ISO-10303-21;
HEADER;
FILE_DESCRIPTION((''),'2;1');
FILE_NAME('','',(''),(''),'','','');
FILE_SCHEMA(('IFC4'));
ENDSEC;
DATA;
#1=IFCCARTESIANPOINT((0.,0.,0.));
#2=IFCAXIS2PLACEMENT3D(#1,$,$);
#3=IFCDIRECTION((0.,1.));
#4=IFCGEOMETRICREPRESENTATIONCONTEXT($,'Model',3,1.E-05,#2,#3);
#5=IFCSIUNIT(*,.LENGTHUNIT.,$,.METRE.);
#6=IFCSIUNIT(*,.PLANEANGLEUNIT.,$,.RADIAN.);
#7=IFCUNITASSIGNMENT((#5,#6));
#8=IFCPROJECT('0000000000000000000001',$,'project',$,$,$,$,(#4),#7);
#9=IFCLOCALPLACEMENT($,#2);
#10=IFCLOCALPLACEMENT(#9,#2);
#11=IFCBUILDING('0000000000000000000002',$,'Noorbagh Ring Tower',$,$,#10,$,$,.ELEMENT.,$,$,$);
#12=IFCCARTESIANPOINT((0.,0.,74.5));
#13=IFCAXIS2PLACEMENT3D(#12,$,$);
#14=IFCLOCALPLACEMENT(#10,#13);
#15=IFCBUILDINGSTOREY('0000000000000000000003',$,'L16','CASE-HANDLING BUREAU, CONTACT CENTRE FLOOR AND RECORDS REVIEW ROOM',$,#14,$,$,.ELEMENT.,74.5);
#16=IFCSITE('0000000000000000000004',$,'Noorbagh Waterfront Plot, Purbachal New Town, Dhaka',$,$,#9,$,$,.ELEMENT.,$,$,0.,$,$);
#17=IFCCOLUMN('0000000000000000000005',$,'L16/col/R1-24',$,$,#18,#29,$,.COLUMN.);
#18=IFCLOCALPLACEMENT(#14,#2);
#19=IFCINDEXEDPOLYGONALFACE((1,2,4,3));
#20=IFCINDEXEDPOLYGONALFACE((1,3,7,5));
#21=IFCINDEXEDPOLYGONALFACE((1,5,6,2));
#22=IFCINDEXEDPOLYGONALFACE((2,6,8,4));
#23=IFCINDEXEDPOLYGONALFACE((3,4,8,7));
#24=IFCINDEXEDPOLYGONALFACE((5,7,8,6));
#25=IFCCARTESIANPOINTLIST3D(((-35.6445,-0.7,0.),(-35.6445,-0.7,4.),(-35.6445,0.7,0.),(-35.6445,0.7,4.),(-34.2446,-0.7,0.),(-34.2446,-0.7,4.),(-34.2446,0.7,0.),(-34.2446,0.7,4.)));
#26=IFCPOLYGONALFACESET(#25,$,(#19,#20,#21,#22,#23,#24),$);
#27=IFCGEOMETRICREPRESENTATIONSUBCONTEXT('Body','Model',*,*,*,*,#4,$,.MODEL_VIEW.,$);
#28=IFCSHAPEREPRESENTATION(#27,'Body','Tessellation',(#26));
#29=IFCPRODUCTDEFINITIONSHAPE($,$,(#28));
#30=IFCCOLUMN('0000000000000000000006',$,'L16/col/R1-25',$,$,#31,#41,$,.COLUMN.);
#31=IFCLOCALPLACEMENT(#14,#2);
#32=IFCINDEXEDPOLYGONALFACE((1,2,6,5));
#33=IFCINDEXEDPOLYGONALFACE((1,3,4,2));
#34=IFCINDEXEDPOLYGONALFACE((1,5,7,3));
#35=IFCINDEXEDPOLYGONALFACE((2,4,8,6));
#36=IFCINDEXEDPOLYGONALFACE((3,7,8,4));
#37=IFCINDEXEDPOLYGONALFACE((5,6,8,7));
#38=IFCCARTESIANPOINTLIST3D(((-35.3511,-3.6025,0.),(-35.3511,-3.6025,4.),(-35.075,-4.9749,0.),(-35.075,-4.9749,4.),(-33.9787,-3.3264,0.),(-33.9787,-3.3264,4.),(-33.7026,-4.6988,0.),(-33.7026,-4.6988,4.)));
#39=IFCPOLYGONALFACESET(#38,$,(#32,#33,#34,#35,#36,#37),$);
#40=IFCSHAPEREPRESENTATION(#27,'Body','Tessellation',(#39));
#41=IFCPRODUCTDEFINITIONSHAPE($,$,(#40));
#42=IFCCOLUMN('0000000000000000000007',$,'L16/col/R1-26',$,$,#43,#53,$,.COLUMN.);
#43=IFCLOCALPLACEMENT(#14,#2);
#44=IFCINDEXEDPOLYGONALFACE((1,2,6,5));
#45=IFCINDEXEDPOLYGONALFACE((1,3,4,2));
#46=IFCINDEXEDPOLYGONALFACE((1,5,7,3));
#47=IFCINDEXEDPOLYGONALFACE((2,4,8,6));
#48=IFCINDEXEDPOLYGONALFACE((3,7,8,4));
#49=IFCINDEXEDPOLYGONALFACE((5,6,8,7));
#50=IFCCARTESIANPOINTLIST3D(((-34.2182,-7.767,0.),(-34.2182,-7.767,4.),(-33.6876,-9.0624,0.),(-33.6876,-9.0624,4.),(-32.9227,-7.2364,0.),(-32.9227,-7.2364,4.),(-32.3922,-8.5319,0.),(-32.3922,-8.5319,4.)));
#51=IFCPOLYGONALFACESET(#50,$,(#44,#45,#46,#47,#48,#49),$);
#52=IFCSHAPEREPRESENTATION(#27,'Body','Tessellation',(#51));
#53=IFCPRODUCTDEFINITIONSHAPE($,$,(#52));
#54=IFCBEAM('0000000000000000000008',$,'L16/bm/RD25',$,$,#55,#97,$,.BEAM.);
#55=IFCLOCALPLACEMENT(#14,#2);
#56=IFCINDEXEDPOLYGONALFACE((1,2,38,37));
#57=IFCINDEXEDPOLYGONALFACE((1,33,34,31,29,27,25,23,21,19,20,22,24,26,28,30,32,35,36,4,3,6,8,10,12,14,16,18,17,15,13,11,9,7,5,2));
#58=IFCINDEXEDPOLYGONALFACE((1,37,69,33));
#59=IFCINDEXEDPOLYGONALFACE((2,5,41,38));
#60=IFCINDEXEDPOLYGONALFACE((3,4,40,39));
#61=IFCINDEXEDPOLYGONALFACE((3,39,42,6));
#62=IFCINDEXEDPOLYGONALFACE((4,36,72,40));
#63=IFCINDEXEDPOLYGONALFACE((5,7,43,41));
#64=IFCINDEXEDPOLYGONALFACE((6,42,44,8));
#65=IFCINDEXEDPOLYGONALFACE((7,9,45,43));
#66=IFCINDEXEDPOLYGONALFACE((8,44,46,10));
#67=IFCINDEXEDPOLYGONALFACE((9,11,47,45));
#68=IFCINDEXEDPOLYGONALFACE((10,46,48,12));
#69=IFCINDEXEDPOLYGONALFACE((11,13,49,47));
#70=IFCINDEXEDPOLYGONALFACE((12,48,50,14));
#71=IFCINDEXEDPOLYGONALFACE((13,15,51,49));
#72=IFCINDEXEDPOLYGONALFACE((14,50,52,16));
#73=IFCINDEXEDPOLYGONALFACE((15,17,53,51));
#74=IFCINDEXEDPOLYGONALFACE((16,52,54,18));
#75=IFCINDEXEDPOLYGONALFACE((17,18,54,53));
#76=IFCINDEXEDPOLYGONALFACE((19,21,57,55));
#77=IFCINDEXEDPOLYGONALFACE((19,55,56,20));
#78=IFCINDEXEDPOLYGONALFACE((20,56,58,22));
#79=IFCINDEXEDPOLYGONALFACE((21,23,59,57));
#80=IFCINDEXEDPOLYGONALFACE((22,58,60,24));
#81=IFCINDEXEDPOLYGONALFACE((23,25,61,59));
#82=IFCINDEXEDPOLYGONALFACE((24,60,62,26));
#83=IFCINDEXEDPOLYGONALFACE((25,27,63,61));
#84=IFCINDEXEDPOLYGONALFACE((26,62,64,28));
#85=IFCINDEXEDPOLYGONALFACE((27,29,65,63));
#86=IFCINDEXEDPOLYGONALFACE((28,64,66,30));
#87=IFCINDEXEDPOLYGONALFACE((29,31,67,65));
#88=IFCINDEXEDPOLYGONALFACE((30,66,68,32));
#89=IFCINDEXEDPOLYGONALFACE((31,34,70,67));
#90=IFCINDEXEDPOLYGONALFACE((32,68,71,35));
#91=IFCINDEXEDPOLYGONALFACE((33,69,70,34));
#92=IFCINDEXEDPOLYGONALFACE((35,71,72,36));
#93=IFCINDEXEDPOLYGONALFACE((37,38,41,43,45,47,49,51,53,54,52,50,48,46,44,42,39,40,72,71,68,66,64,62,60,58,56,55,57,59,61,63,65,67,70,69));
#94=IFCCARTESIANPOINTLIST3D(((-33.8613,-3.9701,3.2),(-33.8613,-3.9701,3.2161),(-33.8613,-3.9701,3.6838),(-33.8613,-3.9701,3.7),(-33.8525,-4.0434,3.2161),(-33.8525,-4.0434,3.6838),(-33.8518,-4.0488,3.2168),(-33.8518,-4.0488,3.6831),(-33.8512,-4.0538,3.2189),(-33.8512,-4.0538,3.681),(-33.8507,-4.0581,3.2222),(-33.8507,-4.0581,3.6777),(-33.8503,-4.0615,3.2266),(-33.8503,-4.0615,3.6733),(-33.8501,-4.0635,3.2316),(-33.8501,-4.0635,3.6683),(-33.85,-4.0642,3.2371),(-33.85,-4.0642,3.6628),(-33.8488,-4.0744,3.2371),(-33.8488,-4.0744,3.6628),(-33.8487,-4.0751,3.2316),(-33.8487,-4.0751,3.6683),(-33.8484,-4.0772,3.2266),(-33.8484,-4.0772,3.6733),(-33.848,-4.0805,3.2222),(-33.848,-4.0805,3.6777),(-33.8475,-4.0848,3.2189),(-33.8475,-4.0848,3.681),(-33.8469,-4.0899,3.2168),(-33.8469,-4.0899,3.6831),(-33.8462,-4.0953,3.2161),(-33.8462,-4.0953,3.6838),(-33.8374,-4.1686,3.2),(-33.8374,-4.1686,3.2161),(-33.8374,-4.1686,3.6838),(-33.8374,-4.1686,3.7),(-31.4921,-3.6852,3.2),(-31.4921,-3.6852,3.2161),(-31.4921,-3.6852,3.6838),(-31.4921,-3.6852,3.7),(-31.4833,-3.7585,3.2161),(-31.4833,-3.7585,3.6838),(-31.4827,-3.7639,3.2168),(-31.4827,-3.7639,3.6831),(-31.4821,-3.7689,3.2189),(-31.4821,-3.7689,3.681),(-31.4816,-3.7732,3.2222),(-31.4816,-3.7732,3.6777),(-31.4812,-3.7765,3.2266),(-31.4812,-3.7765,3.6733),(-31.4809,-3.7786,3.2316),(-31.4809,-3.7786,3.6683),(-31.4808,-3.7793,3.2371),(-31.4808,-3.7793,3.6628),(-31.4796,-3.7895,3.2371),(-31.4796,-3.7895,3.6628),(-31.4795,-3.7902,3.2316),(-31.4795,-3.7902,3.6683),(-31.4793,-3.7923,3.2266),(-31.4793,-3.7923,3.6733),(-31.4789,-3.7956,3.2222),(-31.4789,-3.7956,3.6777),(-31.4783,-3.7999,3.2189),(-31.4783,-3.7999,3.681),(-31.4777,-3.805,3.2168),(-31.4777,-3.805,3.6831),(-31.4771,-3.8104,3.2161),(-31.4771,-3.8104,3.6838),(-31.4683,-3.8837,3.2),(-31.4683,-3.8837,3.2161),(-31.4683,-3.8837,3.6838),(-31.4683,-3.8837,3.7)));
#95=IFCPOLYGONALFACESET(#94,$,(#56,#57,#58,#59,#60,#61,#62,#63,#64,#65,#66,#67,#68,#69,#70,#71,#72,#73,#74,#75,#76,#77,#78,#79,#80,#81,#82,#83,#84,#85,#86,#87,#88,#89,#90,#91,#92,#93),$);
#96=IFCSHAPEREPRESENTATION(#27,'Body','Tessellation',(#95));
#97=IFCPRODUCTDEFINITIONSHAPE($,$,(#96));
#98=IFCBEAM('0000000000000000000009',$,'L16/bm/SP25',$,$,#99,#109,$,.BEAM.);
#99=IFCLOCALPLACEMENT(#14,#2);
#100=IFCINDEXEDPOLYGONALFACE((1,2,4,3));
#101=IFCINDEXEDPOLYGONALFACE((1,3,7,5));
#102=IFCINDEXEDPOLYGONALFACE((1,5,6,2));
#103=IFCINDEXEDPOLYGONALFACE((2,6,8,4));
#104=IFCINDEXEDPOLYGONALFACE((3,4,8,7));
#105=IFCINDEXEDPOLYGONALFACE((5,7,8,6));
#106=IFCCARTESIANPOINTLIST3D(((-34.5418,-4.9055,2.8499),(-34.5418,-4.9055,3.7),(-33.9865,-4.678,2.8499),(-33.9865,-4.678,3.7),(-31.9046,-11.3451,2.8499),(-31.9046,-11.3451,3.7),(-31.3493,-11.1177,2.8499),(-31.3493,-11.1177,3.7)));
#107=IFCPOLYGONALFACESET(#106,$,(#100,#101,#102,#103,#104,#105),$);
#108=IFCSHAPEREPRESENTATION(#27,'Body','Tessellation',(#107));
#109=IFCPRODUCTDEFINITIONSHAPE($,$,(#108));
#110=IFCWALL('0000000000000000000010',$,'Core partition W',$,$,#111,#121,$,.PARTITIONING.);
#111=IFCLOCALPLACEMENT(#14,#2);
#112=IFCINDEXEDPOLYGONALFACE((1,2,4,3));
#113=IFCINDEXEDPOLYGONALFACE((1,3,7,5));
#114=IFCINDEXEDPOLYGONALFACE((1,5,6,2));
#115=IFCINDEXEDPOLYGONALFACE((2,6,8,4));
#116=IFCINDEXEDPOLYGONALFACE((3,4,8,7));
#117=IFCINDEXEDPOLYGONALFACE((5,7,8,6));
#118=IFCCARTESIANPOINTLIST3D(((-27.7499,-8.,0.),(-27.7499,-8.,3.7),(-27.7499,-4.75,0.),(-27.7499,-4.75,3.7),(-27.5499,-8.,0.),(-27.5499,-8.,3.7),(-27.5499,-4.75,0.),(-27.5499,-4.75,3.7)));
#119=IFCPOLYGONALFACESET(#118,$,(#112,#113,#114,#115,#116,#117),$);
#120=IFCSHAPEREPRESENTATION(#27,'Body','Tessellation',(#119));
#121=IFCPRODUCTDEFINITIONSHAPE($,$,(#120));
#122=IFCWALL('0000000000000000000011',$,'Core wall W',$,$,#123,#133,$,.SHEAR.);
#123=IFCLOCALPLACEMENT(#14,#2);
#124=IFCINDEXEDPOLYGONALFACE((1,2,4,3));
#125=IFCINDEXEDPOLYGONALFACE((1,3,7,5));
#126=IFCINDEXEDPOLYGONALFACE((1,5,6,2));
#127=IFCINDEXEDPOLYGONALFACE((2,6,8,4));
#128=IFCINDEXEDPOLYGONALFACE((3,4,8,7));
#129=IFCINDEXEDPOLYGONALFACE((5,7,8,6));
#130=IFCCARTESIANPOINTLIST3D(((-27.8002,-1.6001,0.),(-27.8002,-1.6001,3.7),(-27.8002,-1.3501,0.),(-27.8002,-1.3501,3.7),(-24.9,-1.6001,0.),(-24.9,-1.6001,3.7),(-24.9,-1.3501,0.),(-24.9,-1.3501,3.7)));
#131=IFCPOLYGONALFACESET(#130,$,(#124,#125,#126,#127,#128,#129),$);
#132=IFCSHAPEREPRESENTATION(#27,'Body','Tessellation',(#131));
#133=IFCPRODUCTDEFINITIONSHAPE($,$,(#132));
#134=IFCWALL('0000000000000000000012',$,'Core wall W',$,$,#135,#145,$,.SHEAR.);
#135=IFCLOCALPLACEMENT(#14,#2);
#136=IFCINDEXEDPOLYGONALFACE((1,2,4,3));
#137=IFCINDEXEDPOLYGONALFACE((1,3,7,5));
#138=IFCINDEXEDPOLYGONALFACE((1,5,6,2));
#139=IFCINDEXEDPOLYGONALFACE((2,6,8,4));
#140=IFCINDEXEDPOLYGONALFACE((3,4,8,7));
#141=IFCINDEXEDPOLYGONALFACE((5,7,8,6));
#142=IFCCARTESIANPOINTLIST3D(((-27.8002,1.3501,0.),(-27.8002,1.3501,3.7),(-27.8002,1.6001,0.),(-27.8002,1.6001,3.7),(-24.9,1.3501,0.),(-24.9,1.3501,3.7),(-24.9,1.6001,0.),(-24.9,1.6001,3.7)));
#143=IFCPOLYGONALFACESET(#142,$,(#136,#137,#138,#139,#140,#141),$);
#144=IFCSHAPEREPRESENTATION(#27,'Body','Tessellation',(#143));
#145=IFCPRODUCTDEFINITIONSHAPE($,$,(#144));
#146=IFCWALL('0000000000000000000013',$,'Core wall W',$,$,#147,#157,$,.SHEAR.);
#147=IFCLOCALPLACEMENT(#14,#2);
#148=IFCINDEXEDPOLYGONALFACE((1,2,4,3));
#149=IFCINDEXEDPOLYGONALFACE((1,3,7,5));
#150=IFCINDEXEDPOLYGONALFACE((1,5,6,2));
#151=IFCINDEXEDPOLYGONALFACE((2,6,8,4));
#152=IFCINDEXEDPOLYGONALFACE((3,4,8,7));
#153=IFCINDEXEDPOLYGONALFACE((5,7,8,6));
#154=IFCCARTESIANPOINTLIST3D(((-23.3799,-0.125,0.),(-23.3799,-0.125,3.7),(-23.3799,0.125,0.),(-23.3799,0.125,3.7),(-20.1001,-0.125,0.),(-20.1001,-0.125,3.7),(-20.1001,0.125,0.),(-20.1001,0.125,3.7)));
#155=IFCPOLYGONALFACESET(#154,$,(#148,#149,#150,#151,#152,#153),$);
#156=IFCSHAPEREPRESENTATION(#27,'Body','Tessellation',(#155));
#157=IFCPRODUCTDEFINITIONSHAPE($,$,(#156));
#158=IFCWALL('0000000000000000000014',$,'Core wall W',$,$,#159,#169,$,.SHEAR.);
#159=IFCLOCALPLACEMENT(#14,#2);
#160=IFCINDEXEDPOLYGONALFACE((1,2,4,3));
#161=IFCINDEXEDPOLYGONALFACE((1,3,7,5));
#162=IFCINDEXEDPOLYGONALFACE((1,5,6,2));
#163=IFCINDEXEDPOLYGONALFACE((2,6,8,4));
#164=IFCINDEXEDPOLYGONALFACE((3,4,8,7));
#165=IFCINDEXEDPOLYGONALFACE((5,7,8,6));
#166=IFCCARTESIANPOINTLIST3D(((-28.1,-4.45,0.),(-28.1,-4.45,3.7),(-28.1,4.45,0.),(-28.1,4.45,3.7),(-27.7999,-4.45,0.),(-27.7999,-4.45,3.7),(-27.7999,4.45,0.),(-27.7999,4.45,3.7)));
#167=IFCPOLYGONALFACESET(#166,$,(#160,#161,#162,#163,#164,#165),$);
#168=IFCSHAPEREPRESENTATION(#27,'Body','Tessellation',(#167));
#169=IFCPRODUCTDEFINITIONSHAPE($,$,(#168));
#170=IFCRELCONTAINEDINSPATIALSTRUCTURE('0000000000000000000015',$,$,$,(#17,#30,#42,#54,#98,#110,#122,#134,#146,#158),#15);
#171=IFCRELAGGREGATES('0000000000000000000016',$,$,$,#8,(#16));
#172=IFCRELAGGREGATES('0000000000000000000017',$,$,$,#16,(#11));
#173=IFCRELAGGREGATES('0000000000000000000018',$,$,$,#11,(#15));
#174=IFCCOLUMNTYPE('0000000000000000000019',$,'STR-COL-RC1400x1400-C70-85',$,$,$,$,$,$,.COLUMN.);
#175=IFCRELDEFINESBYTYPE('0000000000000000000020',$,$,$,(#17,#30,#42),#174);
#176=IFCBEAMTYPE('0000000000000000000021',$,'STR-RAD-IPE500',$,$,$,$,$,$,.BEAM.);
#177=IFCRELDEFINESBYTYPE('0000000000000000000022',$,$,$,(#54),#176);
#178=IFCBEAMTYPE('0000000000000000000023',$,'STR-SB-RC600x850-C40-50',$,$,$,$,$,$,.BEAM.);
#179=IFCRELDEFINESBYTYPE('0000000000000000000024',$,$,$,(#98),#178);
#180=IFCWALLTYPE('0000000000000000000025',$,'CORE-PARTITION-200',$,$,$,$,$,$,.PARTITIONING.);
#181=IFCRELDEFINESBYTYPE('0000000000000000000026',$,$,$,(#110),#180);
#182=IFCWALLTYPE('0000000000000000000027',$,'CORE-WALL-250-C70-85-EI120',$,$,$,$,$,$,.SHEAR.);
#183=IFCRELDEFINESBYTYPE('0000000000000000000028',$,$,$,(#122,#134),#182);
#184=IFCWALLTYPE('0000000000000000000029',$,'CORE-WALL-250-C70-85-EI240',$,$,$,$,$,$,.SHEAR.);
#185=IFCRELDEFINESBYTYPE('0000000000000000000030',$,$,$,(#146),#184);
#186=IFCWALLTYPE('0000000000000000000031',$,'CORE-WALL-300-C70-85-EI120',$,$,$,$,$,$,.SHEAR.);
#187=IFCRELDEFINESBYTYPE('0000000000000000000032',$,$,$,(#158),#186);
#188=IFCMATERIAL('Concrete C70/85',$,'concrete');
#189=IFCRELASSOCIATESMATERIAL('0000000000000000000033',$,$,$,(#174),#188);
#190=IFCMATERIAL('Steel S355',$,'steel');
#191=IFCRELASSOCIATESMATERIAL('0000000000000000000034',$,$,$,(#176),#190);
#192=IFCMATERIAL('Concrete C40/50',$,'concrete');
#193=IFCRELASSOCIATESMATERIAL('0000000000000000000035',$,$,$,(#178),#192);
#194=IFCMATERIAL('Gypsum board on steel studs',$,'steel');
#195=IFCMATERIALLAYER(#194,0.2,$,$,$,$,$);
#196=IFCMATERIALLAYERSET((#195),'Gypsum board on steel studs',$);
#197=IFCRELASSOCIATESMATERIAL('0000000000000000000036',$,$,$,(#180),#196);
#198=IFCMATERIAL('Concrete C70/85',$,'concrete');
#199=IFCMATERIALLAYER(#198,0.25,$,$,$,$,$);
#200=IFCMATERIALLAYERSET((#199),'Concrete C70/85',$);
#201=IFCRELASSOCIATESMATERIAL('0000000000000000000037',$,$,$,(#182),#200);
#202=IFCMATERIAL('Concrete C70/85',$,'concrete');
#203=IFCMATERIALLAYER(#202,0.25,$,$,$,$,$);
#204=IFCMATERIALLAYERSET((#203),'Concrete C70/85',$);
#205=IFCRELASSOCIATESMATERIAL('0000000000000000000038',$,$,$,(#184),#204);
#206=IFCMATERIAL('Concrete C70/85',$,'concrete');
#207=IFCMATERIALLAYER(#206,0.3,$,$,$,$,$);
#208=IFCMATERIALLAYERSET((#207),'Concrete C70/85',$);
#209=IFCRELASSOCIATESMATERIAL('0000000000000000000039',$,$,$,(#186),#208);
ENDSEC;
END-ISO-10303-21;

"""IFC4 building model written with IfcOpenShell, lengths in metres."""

from ifc_helpers import new_model, si_unit, direction, frame, frame_2d, origin, origin_2d, place, context, subcontext, project, spatial, rectangle, i_section, extrude, material, layer, layer_set, material_profile, profile_set, type_object, element, save


model = new_model("IFC4")

# Units and contexts
model_context = context("Model", 3, precision=1e-05, world=origin(), true_north=direction((0.0, 1.0)))
body_context = subcontext(model_context, "Body", "Model", "MODEL_VIEW")
ifc_project = project(units=[si_unit("LENGTHUNIT", "METRE"), si_unit("PLANEANGLEUNIT", "RADIAN")], contexts=[model_context])

# Site, building, storey
site_placement = place(None, origin())
site = spatial("IfcSite", under=ifc_project, at=site_placement, Name="Noorbagh Waterfront Plot, Purbachal New Town, Dhaka", CompositionType="ELEMENT", RefElevation=0.0)
building_placement = place(site_placement, origin())
building = spatial("IfcBuilding", under=site, at=building_placement, Name="Noorbagh Ring Tower", CompositionType="ELEMENT")
storey_placement = place(building_placement, frame((0.0, 0.0, 74.5)))
storey = spatial("IfcBuildingStorey", under=building, at=storey_placement, Name="L16", Description="CASE-HANDLING BUREAU, CONTACT CENTRE FLOOR AND RECORDS REVIEW ROOM", CompositionType="ELEMENT", Elevation=74.5)

# Columns
ifc_material_1 = material(Name="Concrete C70/85", Category="concrete")
ifc_material_profile_1 = material_profile(ifc_material_1, rectangle(XDim=1.3999, YDim=1.3999, at=origin_2d()), Name="RC1400x1400")
ifc_profile_set_1 = profile_set([ifc_material_profile_1], Name="Concrete C70/85")
column_type = type_object("IfcColumnType", Name="STR-COL-RC1400x1400-C70-85", PredefinedType="COLUMN", material=ifc_profile_set_1)
for number, where, z_axis, x_axis, name in (
    (1, (-34.9446, 0.0, 0.0), (0.0, 0.0, 1.0), (0.0, -1.0, 0.0), "L16/col/R1-24"),
    (2, (-34.5269, -4.1506, 0.0), (0.0, 0.0, 1.0), (0.19723, -0.980357, 0.0), "L16/col/R1-25"),
    (3, (-33.3052, -8.1494, 0.0), (0.0, 0.0, 1.0), (0.378989, -0.925401, 0.0), "L16/col/R1-26"),
):
    element("IfcColumn", number, at=place(storey_placement, frame(where, z_axis=z_axis, x_axis=x_axis)), inside=storey, type_object=column_type, Name=name, PredefinedType="COLUMN", context=body_context, shape_type="SweptSolid", body=[
        extrude(rectangle(XDim=1.3999, YDim=1.3999, at=origin_2d()), origin(), (0.0, 0.0, 1.0), 4.0),
    ])

# Beams
ifc_material_2 = material(Name="Steel S355", Category="steel")
ifc_material_profile_2 = material_profile(ifc_material_2, i_section(OverallWidth=0.2, OverallDepth=0.5, WebThickness=0.0103, FlangeThickness=0.0161, FilletRadius=0.021, at=origin_2d()), Name="IPE500")
ifc_profile_set_2 = profile_set([ifc_material_profile_2], Name="Steel S355")
beam_type_1 = type_object("IfcBeamType", Name="STR-RAD-IPE500", PredefinedType="BEAM", material=ifc_profile_set_2)
beam_1_placement = place(storey_placement, frame((-33.8494, -4.0693, 3.45), z_axis=(0.992846, 0.119399, 0.0), x_axis=(-0.119399, 0.992846, 0.0)))
element("IfcBeam", 4, at=beam_1_placement, inside=storey, type_object=beam_type_1, Name="L16/bm/RD25", PredefinedType="BEAM", context=body_context, shape_type="SweptSolid", body=[
    extrude(i_section(OverallWidth=0.2, OverallDepth=0.5, WebThickness=0.0103, FlangeThickness=0.0161, FilletRadius=0.021, at=origin_2d()), origin(), (0.0, 0.0, 1.0), 2.3862),
])
ifc_material_3 = material(Name="Concrete C40/50", Category="concrete")
ifc_material_profile_3 = material_profile(ifc_material_3, rectangle(XDim=0.6001, YDim=0.8501, at=origin_2d()), Name="RC600x850")
ifc_profile_set_3 = profile_set([ifc_material_profile_3], Name="Concrete C40/50")
beam_type_2 = type_object("IfcBeamType", Name="STR-SB-RC600x850-C40-50", PredefinedType="BEAM", material=ifc_profile_set_3)
beam_2_placement = place(storey_placement, frame((-34.2642, -4.7917, 3.2749), z_axis=(0.378976, -0.925407, 0.0), x_axis=(0.925407, 0.378976, 0.0)))
element("IfcBeam", 5, at=beam_2_placement, inside=storey, type_object=beam_type_2, Name="L16/bm/SP25", PredefinedType="BEAM", context=body_context, shape_type="SweptSolid", body=[
    extrude(rectangle(XDim=0.6001, YDim=0.8501, at=origin_2d()), origin(), (0.0, 0.0, 1.0), 6.9587),
])

# Walls
ifc_material_4 = material(Name="Gypsum board on steel studs", Category="steel")
ifc_layer_1 = layer(ifc_material_4, 0.2)
ifc_layer_set_1 = layer_set([ifc_layer_1], Name="Gypsum board on steel studs")
wall_type_1 = type_object("IfcWallType", Name="CORE-PARTITION-200", PredefinedType="PARTITIONING", material=ifc_layer_set_1)
wall_1_placement = place(storey_placement, frame((-27.6499, -8.0, 0.0), z_axis=(0.0, 0.0, 1.0), x_axis=(0.0, 1.0, 0.0)))
element("IfcWall", 6, at=wall_1_placement, inside=storey, type_object=wall_type_1, Name="Core partition W", PredefinedType="PARTITIONING", context=body_context, shape_type="SweptSolid", body=[
    extrude(rectangle(XDim=3.25, YDim=0.2, at=frame_2d((1.625, 0.0))), origin(), (0.0, 0.0, 1.0), 3.7),
])
ifc_material_5 = material(Name="Concrete C70/85", Category="concrete")
ifc_layer_2 = layer(ifc_material_5, 0.25)
ifc_layer_set_2 = layer_set([ifc_layer_2], Name="Concrete C70/85")
wall_type_2 = type_object("IfcWallType", Name="CORE-WALL-250-C70-85-EI120", PredefinedType="SHEAR", material=ifc_layer_set_2)
for number, where, z_axis, x_axis, name in (
    (7, (-24.8999, -1.4751, 0.0), (0.0, 0.0, 1.0), (-1.0, 0.0, 0.0), "Core wall W"),
    (8, (-24.8999, 1.4751, 0.0), (0.0, 0.0, 1.0), (-1.0, 0.0, 0.0), "Core wall W"),
):
    element("IfcWall", number, at=place(storey_placement, frame(where, z_axis=z_axis, x_axis=x_axis)), inside=storey, type_object=wall_type_2, Name=name, PredefinedType="SHEAR", context=body_context, shape_type="SweptSolid", body=[
        extrude(rectangle(XDim=2.9001, YDim=0.25, at=frame_2d((1.4502, 0.0))), origin(), (0.0, 0.0, 1.0), 3.7),
    ])
ifc_material_6 = material(Name="Concrete C70/85", Category="concrete")
ifc_layer_3 = layer(ifc_material_6, 0.25)
ifc_layer_set_3 = layer_set([ifc_layer_3], Name="Concrete C70/85")
wall_type_3 = type_object("IfcWallType", Name="CORE-WALL-250-C70-85-EI240", PredefinedType="SHEAR", material=ifc_layer_set_3)
wall_2_placement = place(storey_placement, frame((-20.1001, 0.0, 0.0), z_axis=(0.0, 0.0, 1.0), x_axis=(-1.0, 0.0, 0.0)))
element("IfcWall", 9, at=wall_2_placement, inside=storey, type_object=wall_type_3, Name="Core wall W", PredefinedType="SHEAR", context=body_context, shape_type="SweptSolid", body=[
    extrude(rectangle(XDim=3.2798, YDim=0.25, at=frame_2d((1.6399, 0.0))), origin(), (0.0, 0.0, 1.0), 3.7),
])
ifc_material_7 = material(Name="Concrete C70/85", Category="concrete")
ifc_layer_4 = layer(ifc_material_7, 0.3)
ifc_layer_set_4 = layer_set([ifc_layer_4], Name="Concrete C70/85")
wall_type_4 = type_object("IfcWallType", Name="CORE-WALL-300-C70-85-EI120", PredefinedType="SHEAR", material=ifc_layer_set_4)
wall_3_placement = place(storey_placement, frame((-27.95, -4.45, 0.0), z_axis=(0.0, 0.0, 1.0), x_axis=(0.0, 1.0, 0.0)))
element("IfcWall", 10, at=wall_3_placement, inside=storey, type_object=wall_type_4, Name="Core wall W", PredefinedType="SHEAR", context=body_context, shape_type="SweptSolid", body=[
    extrude(rectangle(XDim=8.8999, YDim=0.3, at=frame_2d((4.45, 0.0))), origin(), (0.0, 0.0, 1.0), 3.7),
])

save(model, "model.ifc")
